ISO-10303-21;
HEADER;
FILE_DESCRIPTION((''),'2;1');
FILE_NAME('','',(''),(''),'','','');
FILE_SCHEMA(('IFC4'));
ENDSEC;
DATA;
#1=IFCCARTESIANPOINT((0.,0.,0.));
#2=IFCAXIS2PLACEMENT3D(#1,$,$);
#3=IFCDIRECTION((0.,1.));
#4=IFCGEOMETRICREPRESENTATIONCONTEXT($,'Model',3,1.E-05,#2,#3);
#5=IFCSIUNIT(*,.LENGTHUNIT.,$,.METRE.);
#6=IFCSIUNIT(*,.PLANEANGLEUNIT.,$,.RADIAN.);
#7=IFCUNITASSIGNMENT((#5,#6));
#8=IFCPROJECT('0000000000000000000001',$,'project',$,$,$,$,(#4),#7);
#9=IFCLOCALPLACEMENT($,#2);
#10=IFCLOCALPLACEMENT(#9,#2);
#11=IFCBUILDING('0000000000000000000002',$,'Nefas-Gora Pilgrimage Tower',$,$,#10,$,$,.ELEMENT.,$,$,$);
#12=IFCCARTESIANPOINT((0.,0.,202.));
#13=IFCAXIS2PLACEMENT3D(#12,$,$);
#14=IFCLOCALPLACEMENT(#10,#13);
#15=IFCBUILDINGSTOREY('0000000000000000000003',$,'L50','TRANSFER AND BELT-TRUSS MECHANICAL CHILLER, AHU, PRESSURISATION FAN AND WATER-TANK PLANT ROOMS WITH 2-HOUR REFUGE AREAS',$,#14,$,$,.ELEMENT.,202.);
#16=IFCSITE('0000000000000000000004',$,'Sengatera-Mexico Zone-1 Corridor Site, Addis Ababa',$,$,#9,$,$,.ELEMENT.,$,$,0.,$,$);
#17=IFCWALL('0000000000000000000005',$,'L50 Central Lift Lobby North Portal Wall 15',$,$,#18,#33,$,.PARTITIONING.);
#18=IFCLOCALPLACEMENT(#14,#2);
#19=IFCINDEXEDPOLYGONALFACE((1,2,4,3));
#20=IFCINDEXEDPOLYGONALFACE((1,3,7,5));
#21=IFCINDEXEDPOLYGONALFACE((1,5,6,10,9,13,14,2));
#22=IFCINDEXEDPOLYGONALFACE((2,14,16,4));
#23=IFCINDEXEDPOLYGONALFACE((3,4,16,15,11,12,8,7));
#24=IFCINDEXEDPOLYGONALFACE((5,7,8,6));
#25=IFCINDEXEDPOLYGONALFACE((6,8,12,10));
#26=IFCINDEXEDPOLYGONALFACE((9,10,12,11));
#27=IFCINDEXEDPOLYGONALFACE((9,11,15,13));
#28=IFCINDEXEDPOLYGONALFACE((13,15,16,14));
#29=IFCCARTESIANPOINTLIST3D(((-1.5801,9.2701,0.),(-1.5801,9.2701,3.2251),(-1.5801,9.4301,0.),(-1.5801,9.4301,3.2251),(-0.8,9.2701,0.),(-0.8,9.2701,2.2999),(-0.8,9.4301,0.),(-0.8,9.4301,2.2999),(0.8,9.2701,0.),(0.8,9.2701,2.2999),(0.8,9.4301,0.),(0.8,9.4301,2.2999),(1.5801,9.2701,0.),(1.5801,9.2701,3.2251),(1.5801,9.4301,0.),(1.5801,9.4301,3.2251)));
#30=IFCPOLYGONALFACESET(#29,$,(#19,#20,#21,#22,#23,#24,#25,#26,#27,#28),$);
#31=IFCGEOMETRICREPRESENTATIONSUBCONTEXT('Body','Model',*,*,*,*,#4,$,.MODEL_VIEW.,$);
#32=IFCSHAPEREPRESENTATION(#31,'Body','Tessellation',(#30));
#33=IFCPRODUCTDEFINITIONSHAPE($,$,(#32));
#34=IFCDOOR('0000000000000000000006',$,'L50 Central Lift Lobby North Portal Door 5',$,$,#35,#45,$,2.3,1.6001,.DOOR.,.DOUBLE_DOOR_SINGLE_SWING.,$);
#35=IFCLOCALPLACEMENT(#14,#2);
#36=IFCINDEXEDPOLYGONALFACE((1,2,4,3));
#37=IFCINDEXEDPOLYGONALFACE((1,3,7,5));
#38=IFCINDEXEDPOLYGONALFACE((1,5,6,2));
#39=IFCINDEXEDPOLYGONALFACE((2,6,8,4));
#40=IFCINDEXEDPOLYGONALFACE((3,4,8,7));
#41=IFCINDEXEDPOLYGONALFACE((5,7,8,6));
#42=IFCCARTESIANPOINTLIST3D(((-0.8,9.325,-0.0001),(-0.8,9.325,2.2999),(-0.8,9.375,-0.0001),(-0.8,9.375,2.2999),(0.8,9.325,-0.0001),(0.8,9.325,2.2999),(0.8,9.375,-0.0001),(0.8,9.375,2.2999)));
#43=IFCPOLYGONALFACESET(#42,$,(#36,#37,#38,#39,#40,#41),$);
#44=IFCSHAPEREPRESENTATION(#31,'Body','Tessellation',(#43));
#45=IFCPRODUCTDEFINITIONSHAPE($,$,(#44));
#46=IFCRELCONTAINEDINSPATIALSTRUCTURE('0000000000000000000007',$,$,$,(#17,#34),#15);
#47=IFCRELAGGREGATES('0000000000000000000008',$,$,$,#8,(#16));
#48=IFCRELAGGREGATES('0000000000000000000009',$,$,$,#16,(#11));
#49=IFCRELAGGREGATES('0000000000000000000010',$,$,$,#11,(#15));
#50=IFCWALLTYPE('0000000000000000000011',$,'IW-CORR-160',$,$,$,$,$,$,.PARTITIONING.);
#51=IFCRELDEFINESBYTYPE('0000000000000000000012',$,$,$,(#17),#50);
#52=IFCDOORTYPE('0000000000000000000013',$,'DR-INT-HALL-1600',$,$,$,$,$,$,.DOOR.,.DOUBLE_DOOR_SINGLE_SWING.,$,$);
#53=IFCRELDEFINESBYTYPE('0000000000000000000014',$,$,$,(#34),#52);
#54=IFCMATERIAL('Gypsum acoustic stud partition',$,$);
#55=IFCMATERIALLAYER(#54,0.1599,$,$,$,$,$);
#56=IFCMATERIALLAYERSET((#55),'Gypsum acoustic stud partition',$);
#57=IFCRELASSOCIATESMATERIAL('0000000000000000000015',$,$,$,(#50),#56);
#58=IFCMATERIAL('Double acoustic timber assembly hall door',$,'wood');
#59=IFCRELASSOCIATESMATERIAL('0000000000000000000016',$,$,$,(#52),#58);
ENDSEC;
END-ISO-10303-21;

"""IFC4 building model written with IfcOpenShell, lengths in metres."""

from ifc_helpers import new_model, si_unit, direction, frame, frame_2d, origin, place, context, subcontext, project, spatial, rectangle, extrude, source, transform, mapped, material, layer, layer_set, type_object, element, fill, save


model = new_model("IFC4")

# Units and contexts
model_context = context("Model", 3, precision=1e-05, world=origin(), true_north=direction((0.0, 1.0)))
body_context = subcontext(model_context, "Body", "Model", "MODEL_VIEW")
ifc_project = project(units=[si_unit("LENGTHUNIT", "METRE"), si_unit("PLANEANGLEUNIT", "RADIAN")], contexts=[model_context])

# Site, building, storey
site_placement = place(None, origin())
site = spatial("IfcSite", under=ifc_project, at=site_placement, Name="Sengatera-Mexico Zone-1 Corridor Site, Addis Ababa", CompositionType="ELEMENT", RefElevation=0.0)
building_placement = place(site_placement, origin())
building = spatial("IfcBuilding", under=site, at=building_placement, Name="Nefas-Gora Pilgrimage Tower", CompositionType="ELEMENT")
storey_placement = place(building_placement, frame((0.0, 0.0, 202.0)))
storey = spatial("IfcBuildingStorey", under=building, at=storey_placement, Name="L50", Description="TRANSFER AND BELT-TRUSS MECHANICAL CHILLER, AHU, PRESSURISATION FAN AND WATER-TANK PLANT ROOMS WITH 2-HOUR REFUGE AREAS", CompositionType="ELEMENT", Elevation=202.0)

# Shared definitions
ifc_material_1 = material(Name="Gypsum acoustic stud partition")
ifc_layer_1 = layer(ifc_material_1, 0.1599)
ifc_layer_set_1 = layer_set([ifc_layer_1], Name="Gypsum acoustic stud partition")
wall_type_1 = type_object("IfcWallType", Name="IW-CORR-160", PredefinedType="PARTITIONING", material=ifc_layer_set_1)

# Wall, opening, door
shared_shape_1 = source(origin(), body_context, "Body", "SweptSolid", [
    extrude(rectangle(XDim=3.1602, YDim=0.1599, at=frame_2d((1.5801, 0.0))), origin(), (0.0, 0.0, 1.0), 3.2251),
])
wall_1_placement = place(storey_placement, frame((-1.5801, 9.3501, 0.0), z_axis=(0.0, 0.0, 1.0), x_axis=(1.0, 0.0, 0.0)))
wall_1 = element("IfcWall", 1, at=wall_1_placement, inside=storey, type_object=wall_type_1, Name="L50 Central Lift Lobby North Portal Wall 15", PredefinedType="PARTITIONING", context=body_context, shape_type="MappedRepresentation", body=[
    mapped(shared_shape_1, transform((0.0, 0.0, 0.0), x_axis=(1.0, 0.0, 0.0), y_axis=(0.0, 1.0, 0.0), z_axis=(0.0, 0.0, 1.0), scale=1.0)),
])
opening_1_placement = place(wall_1_placement, frame((0.78, 0.0, 0.0)))
opening_1 = element("IfcOpeningElement", 2, at=opening_1_placement, cuts=wall_1, PredefinedType="OPENING", context=body_context, shape_type="SweptSolid", body=[
    extrude(rectangle(XDim=1.6001, YDim=2.3, at=frame_2d((0.8, 1.1499))), frame((0.0, 0.0898, 0.0), z_axis=(0.0, -1.0, 0.0), x_axis=(1.0, 0.0, 0.0)), (0.0, 0.0, 1.0), 0.1799),
])
ifc_material_2 = material(Name="Double acoustic timber assembly hall door", Category="wood")
door_type_1 = type_object("IfcDoorType", Name="DR-INT-HALL-1600", OperationType="DOUBLE_DOOR_SINGLE_SWING", PredefinedType="DOOR", material=ifc_material_2)
shared_shape_2 = source(origin(), body_context, "Body", "SweptSolid", [
    extrude(rectangle(XDim=1.6001, YDim=2.3, at=frame_2d((0.8, 1.1499))), frame((0.0, 0.0249, 0.0), z_axis=(0.0, -1.0, 0.0), x_axis=(1.0, 0.0, 0.0)), (0.0, 0.0, 1.0), 0.05),
])
door_1_placement = place(opening_1_placement, origin())
door_1 = element("IfcDoor", 3, at=door_1_placement, inside=storey, type_object=door_type_1, Name="L50 Central Lift Lobby North Portal Door 5", OperationType="DOUBLE_DOOR_SINGLE_SWING", OverallHeight=2.3, OverallWidth=1.6001, PredefinedType="DOOR", context=body_context, shape_type="MappedRepresentation", body=[
    mapped(shared_shape_2, transform((0.0, 0.0, 0.0), x_axis=(1.0, 0.0, 0.0), y_axis=(0.0, 1.0, 0.0), z_axis=(0.0, 0.0, 1.0), scale=1.0)),
])
fill(opening_1, door_1)

save(model, "model.ifc")
